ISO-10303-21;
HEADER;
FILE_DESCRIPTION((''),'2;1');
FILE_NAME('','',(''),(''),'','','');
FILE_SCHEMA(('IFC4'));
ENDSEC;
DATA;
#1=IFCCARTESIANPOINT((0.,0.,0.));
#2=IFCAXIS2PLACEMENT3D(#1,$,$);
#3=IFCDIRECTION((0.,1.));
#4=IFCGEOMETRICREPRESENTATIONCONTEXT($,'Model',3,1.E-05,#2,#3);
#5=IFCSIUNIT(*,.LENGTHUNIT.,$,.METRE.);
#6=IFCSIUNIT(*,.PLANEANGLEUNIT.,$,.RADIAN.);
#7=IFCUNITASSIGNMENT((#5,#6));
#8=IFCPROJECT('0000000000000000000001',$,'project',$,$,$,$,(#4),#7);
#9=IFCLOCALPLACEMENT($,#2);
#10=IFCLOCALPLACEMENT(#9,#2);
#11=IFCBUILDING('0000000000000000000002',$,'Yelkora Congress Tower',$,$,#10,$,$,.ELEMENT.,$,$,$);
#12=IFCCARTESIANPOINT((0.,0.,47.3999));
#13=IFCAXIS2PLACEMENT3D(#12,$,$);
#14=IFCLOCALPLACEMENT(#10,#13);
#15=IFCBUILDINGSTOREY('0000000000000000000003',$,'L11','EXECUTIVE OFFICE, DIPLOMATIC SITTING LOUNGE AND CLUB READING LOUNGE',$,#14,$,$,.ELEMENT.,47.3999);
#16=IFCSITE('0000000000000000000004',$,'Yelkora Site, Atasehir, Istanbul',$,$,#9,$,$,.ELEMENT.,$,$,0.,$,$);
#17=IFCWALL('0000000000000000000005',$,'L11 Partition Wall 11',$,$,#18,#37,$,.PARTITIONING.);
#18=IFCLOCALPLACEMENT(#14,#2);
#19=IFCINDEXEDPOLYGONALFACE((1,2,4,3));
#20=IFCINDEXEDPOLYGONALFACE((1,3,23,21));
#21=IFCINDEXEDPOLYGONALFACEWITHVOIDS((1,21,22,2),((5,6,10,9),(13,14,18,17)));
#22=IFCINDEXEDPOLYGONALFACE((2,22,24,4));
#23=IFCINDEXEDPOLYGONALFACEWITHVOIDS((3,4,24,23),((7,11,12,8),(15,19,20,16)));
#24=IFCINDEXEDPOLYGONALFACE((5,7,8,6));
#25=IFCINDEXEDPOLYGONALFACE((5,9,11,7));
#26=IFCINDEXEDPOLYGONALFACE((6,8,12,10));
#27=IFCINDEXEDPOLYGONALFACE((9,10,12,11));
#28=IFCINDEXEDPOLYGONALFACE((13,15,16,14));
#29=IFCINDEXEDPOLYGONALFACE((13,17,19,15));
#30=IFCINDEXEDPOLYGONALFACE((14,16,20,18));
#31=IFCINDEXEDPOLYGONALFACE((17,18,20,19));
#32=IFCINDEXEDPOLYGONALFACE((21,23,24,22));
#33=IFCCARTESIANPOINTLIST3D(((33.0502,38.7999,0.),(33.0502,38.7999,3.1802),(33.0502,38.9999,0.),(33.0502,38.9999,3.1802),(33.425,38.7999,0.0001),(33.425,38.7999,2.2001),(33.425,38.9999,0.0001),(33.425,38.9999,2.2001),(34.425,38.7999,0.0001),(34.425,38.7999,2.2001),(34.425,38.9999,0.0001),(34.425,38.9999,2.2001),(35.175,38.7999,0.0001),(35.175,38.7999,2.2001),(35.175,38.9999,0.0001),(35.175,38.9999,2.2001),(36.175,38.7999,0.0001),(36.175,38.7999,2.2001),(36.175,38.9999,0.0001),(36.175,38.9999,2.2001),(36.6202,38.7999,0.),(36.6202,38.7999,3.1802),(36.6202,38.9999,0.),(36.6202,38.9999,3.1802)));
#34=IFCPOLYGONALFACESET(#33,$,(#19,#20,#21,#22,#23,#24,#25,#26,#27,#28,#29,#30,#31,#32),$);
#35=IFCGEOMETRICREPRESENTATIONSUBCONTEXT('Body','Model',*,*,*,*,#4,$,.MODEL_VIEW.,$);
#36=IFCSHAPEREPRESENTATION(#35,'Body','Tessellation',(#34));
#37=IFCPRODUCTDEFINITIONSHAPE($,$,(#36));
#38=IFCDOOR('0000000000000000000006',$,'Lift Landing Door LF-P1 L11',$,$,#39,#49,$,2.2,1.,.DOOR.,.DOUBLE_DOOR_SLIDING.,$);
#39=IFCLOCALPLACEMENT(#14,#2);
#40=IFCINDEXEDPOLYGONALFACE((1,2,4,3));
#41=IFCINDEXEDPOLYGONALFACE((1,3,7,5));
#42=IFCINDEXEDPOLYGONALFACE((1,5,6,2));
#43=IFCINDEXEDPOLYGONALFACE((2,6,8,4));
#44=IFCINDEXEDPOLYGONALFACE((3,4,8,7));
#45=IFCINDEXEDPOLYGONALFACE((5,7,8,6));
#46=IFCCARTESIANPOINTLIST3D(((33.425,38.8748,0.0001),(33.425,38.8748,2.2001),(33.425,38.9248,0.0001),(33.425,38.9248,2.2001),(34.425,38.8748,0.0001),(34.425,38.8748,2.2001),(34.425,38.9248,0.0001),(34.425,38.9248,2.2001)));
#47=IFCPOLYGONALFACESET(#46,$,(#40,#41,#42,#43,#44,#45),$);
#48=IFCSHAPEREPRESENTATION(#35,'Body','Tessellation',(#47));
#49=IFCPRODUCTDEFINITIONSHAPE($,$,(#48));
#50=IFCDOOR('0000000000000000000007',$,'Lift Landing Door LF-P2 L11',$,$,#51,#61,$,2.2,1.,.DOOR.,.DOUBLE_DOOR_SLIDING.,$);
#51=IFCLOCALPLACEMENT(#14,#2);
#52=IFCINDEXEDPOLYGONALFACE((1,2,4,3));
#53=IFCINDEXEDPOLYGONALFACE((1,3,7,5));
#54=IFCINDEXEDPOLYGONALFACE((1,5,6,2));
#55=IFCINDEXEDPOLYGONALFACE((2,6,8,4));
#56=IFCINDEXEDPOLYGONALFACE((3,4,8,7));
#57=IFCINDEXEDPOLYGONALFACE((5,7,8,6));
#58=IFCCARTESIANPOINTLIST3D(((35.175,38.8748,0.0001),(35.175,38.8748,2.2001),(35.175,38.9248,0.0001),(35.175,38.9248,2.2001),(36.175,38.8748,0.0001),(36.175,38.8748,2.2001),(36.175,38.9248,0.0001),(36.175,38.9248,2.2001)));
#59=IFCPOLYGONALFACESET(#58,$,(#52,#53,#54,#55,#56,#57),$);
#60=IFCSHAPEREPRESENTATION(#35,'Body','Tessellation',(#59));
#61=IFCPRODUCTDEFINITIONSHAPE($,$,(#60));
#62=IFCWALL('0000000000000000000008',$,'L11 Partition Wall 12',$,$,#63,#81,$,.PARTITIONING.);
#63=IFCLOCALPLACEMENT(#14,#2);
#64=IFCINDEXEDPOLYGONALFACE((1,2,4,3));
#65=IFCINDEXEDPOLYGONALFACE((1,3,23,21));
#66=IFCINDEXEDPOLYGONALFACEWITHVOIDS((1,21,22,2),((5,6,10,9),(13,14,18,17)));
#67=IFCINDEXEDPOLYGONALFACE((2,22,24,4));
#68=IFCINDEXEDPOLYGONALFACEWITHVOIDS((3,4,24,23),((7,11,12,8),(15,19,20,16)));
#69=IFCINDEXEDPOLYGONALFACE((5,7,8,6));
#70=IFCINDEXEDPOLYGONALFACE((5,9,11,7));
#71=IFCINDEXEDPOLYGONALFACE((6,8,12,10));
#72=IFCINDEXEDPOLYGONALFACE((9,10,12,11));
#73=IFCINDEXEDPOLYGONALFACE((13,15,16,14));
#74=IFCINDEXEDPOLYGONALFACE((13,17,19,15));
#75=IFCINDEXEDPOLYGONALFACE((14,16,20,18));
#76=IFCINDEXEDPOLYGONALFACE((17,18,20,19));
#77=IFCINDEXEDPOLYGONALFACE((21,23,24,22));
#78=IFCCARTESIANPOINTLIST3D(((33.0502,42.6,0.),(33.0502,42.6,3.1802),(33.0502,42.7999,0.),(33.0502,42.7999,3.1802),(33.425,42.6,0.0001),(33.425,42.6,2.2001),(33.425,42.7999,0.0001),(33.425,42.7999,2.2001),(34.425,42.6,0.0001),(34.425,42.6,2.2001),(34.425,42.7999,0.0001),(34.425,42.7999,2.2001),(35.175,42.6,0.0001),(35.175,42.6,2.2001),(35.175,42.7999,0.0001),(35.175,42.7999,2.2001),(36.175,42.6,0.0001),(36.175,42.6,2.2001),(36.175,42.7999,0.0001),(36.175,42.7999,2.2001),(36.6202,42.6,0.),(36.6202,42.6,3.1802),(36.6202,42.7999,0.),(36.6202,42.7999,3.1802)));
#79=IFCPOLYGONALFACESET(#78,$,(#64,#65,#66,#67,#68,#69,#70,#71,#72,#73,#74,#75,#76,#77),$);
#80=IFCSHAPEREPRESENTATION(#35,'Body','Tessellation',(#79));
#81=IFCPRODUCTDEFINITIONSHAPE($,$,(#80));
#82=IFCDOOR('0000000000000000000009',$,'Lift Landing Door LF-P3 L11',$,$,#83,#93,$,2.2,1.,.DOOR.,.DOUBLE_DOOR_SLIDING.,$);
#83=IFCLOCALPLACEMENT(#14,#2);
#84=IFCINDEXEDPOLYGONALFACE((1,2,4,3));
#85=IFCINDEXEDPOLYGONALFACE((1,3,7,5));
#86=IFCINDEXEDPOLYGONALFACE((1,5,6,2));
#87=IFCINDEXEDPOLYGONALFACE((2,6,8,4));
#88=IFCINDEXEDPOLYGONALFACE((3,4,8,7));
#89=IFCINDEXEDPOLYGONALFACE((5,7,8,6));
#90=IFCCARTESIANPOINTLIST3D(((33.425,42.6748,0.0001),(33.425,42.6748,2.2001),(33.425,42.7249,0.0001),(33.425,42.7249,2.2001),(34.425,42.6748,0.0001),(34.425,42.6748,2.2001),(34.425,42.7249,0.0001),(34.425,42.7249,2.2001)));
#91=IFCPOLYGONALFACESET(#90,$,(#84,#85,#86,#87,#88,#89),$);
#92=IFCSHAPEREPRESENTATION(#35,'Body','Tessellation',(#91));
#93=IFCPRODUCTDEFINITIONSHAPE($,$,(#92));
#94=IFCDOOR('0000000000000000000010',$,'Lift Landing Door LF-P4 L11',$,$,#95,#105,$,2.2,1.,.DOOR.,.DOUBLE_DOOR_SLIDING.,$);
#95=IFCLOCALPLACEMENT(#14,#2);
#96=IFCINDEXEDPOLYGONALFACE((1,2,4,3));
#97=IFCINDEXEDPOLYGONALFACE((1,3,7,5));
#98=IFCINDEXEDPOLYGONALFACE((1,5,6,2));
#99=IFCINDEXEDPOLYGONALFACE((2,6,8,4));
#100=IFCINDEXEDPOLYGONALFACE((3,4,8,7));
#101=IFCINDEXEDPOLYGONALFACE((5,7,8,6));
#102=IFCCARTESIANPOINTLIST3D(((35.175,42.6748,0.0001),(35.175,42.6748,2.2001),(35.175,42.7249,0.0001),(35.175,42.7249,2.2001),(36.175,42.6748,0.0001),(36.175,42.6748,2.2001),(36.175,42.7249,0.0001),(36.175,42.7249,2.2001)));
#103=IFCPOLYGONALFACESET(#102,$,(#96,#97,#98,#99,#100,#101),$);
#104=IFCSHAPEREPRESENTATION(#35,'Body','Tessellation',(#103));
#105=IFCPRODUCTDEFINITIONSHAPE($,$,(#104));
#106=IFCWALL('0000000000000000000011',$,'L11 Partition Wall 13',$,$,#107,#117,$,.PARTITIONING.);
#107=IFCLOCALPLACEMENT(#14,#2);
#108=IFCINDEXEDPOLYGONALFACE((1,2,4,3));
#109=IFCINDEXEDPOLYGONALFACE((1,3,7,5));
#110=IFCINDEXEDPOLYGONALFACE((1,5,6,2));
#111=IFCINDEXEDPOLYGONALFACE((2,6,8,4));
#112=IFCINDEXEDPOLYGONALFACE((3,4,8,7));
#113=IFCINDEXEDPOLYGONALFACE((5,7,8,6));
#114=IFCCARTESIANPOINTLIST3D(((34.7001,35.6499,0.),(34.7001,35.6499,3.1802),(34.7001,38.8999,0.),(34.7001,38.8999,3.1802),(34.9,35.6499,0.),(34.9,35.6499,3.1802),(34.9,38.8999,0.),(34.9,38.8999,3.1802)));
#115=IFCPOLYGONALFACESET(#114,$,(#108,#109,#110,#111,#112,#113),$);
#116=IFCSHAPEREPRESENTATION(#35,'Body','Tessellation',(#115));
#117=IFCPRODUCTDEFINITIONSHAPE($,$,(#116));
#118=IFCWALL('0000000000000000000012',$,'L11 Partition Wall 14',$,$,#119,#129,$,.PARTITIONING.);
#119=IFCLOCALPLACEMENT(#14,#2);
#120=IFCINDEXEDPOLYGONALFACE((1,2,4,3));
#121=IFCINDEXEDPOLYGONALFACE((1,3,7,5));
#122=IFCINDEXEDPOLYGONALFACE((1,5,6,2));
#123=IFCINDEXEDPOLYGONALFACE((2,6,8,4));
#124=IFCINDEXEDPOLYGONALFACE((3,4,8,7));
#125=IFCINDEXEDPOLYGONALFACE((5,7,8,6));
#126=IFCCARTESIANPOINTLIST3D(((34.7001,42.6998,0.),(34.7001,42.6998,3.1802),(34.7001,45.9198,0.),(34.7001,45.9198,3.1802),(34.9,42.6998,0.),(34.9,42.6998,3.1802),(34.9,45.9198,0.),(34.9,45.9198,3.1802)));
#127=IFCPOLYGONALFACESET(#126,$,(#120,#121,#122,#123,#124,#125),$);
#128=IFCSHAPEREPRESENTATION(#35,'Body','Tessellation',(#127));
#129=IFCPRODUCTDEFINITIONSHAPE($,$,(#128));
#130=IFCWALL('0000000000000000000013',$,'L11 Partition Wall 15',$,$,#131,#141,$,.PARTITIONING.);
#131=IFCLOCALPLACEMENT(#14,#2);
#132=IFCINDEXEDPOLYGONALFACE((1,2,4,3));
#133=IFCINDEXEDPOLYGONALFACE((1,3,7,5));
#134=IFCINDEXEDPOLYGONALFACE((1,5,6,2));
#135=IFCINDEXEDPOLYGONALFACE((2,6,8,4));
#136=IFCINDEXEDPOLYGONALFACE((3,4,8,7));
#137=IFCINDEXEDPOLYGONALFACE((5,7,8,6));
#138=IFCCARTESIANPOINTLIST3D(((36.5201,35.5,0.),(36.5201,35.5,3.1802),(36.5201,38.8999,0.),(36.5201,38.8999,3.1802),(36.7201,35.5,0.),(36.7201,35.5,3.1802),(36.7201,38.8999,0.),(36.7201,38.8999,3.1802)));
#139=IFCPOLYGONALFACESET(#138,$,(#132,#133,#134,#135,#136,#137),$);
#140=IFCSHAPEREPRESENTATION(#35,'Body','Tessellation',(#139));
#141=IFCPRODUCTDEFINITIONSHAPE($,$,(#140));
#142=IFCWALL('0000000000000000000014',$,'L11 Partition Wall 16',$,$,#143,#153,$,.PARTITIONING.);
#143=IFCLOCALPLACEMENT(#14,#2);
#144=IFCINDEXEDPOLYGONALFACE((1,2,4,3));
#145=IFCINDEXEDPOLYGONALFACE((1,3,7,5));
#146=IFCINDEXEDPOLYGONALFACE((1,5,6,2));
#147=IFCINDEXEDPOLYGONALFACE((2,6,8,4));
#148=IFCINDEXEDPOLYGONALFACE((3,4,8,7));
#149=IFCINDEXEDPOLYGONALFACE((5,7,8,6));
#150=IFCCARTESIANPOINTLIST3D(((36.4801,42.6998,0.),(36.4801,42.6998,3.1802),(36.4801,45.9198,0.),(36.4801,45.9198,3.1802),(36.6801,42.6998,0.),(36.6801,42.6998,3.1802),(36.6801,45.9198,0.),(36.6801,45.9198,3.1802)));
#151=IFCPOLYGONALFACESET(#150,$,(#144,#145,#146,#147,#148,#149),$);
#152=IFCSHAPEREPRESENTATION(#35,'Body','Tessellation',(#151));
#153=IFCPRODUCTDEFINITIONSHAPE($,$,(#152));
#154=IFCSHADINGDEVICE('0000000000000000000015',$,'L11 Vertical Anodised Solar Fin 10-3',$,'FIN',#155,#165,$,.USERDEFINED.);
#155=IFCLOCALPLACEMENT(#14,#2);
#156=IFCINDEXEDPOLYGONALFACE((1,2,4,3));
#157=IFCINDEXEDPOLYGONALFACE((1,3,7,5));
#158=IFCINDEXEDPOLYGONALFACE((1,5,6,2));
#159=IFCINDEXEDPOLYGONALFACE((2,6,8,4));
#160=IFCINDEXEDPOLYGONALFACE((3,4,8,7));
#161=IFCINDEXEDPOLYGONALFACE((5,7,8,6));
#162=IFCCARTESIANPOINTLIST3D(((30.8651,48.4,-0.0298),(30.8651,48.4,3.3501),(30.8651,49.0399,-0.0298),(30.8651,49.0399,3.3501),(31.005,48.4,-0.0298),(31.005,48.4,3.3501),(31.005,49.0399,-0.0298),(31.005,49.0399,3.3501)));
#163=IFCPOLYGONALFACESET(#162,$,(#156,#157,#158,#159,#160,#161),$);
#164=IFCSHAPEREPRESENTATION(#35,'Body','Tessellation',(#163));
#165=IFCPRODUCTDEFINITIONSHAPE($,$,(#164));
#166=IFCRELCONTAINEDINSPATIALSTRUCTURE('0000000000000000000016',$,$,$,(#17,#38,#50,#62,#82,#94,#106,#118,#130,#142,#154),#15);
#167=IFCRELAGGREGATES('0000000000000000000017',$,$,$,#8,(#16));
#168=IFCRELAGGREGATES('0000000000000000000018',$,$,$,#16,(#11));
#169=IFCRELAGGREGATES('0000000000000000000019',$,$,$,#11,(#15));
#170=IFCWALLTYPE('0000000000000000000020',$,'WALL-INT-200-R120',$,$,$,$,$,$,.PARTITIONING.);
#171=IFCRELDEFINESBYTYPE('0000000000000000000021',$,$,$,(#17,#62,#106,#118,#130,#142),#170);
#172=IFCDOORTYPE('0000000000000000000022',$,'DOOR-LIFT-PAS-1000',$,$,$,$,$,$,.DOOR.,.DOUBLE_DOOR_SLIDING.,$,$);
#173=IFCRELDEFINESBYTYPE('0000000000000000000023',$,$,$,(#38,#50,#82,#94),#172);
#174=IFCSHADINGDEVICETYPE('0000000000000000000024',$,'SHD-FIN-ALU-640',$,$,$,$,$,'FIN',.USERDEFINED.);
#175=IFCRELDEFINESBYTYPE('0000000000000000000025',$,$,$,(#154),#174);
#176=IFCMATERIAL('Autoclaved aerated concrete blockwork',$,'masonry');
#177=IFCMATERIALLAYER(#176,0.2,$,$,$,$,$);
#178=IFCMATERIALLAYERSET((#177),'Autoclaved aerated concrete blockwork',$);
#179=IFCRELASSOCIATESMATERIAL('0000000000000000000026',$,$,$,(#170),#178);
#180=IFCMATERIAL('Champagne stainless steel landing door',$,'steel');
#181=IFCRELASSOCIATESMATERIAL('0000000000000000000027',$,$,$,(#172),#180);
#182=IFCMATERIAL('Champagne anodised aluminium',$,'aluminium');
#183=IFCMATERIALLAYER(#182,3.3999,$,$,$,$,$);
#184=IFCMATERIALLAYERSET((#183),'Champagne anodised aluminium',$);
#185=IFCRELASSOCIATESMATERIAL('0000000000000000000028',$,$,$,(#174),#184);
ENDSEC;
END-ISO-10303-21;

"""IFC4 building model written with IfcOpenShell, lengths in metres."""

from ifc_helpers import new_model, si_unit, direction, frame, frame_2d, origin, origin_2d, place, context, subcontext, project, spatial, rectangle, extrude, material, layer, layer_set, type_object, element, fill, save


model = new_model("IFC4")

# Units and contexts
model_context = context("Model", 3, precision=1e-05, world=origin(), true_north=direction((0.0, 1.0)))
body_context = subcontext(model_context, "Body", "Model", "MODEL_VIEW")
ifc_project = project(units=[si_unit("LENGTHUNIT", "METRE"), si_unit("PLANEANGLEUNIT", "RADIAN")], contexts=[model_context])

# Site, building, storey
site_placement = place(None, origin())
site = spatial("IfcSite", under=ifc_project, at=site_placement, Name="Yelkora Site, Atasehir, Istanbul", CompositionType="ELEMENT", RefElevation=0.0)
building_placement = place(site_placement, origin())
building = spatial("IfcBuilding", under=site, at=building_placement, Name="Yelkora Congress Tower", CompositionType="ELEMENT")
storey_placement = place(building_placement, frame((0.0, 0.0, 47.3999)))
storey = spatial("IfcBuildingStorey", under=building, at=storey_placement, Name="L11", Description="EXECUTIVE OFFICE, DIPLOMATIC SITTING LOUNGE AND CLUB READING LOUNGE", CompositionType="ELEMENT", Elevation=47.3999)

# Shared definitions
ifc_material_1 = material(Name="Autoclaved aerated concrete blockwork", Category="masonry")
ifc_layer_1 = layer(ifc_material_1, 0.2)
ifc_layer_set_1 = layer_set([ifc_layer_1], Name="Autoclaved aerated concrete blockwork")
wall_type_1 = type_object("IfcWallType", Name="WALL-INT-200-R120", PredefinedType="PARTITIONING", material=ifc_layer_set_1)

# Walls, openings, doors
wall_1_placement = place(storey_placement, frame((33.05, 38.8999, 0.0), z_axis=(0.0, 0.0, 1.0), x_axis=(1.0, 0.0, 0.0)))
wall_1 = element("IfcWall", 1, at=wall_1_placement, inside=storey, type_object=wall_type_1, Name="L11 Partition Wall 11", PredefinedType="PARTITIONING", context=body_context, shape_type="SweptSolid", body=[
    extrude(rectangle(XDim=3.5701, YDim=0.2, at=frame_2d((1.7852, 0.0))), origin(), (0.0, 0.0, 1.0), 3.1802),
])
opening_1_placement = place(wall_1_placement, frame((0.375, 0.0, 0.0)))
opening_1 = element("IfcOpeningElement", 2, at=opening_1_placement, cuts=wall_1, PredefinedType="OPENING", context=body_context, shape_type="SweptSolid", body=[
    extrude(rectangle(XDim=1.0, YDim=2.2, at=frame_2d((0.5, 1.1001))), frame((0.0, 0.1099, 0.0), z_axis=(0.0, -1.0, 0.0), x_axis=(1.0, 0.0, 0.0)), (0.0, 0.0, 1.0), 0.22),
])
opening_2_placement = place(wall_1_placement, frame((2.125, 0.0, 0.0)))
opening_2 = element("IfcOpeningElement", 3, at=opening_2_placement, cuts=wall_1, PredefinedType="OPENING", context=body_context, shape_type="SweptSolid", body=[
    extrude(rectangle(XDim=1.0, YDim=2.2, at=frame_2d((0.5, 1.1001))), frame((0.0, 0.1099, 0.0), z_axis=(0.0, -1.0, 0.0), x_axis=(1.0, 0.0, 0.0)), (0.0, 0.0, 1.0), 0.22),
])
ifc_material_2 = material(Name="Champagne stainless steel landing door", Category="steel")
door_type_1 = type_object("IfcDoorType", Name="DOOR-LIFT-PAS-1000", OperationType="DOUBLE_DOOR_SLIDING", PredefinedType="DOOR", material=ifc_material_2)
door_1_placement = place(opening_1_placement, origin())
door_1 = element("IfcDoor", 4, at=door_1_placement, inside=storey, type_object=door_type_1, Name="Lift Landing Door LF-P1 L11", OperationType="DOUBLE_DOOR_SLIDING", OverallHeight=2.2, OverallWidth=1.0, PredefinedType="DOOR", context=body_context, shape_type="SweptSolid", body=[
    extrude(rectangle(XDim=1.0, YDim=2.2, at=frame_2d((0.5, 1.1001))), frame((0.0, 0.0249, 0.0), z_axis=(0.0, -1.0, 0.0), x_axis=(1.0, 0.0, 0.0)), (0.0, 0.0, 1.0), 0.05),
])
fill(opening_1, door_1)
door_2_placement = place(opening_2_placement, origin())
door_2 = element("IfcDoor", 5, at=door_2_placement, inside=storey, type_object=door_type_1, Name="Lift Landing Door LF-P2 L11", OperationType="DOUBLE_DOOR_SLIDING", OverallHeight=2.2, OverallWidth=1.0, PredefinedType="DOOR", context=body_context, shape_type="SweptSolid", body=[
    extrude(rectangle(XDim=1.0, YDim=2.2, at=frame_2d((0.5, 1.1001))), frame((0.0, 0.0249, 0.0), z_axis=(0.0, -1.0, 0.0), x_axis=(1.0, 0.0, 0.0)), (0.0, 0.0, 1.0), 0.05),
])
fill(opening_2, door_2)
wall_2_placement = place(storey_placement, frame((33.05, 42.7, 0.0), z_axis=(0.0, 0.0, 1.0), x_axis=(1.0, 0.0, 0.0)))
wall_2 = element("IfcWall", 6, at=wall_2_placement, inside=storey, type_object=wall_type_1, Name="L11 Partition Wall 12", PredefinedType="PARTITIONING", context=body_context, shape_type="SweptSolid", body=[
    extrude(rectangle(XDim=3.5701, YDim=0.2, at=frame_2d((1.7852, 0.0))), origin(), (0.0, 0.0, 1.0), 3.1802),
])
opening_3_placement = place(wall_2_placement, frame((0.375, 0.0, 0.0)))
opening_3 = element("IfcOpeningElement", 7, at=opening_3_placement, cuts=wall_2, PredefinedType="OPENING", context=body_context, shape_type="SweptSolid", body=[
    extrude(rectangle(XDim=1.0, YDim=2.2, at=frame_2d((0.5, 1.1001))), frame((0.0, 0.1099, 0.0), z_axis=(0.0, -1.0, 0.0), x_axis=(1.0, 0.0, 0.0)), (0.0, 0.0, 1.0), 0.22),
])
opening_4_placement = place(wall_2_placement, frame((2.125, 0.0, 0.0)))
opening_4 = element("IfcOpeningElement", 8, at=opening_4_placement, cuts=wall_2, PredefinedType="OPENING", context=body_context, shape_type="SweptSolid", body=[
    extrude(rectangle(XDim=1.0, YDim=2.2, at=frame_2d((0.5, 1.1001))), frame((0.0, 0.1099, 0.0), z_axis=(0.0, -1.0, 0.0), x_axis=(1.0, 0.0, 0.0)), (0.0, 0.0, 1.0), 0.22),
])
door_3_placement = place(opening_3_placement, origin())
door_3 = element("IfcDoor", 9, at=door_3_placement, inside=storey, type_object=door_type_1, Name="Lift Landing Door LF-P3 L11", OperationType="DOUBLE_DOOR_SLIDING", OverallHeight=2.2, OverallWidth=1.0, PredefinedType="DOOR", context=body_context, shape_type="SweptSolid", body=[
    extrude(rectangle(XDim=1.0, YDim=2.2, at=frame_2d((0.5, 1.1001))), frame((0.0, 0.0249, 0.0), z_axis=(0.0, -1.0, 0.0), x_axis=(1.0, 0.0, 0.0)), (0.0, 0.0, 1.0), 0.05),
])
fill(opening_3, door_3)
door_4_placement = place(opening_4_placement, origin())
door_4 = element("IfcDoor", 10, at=door_4_placement, inside=storey, type_object=door_type_1, Name="Lift Landing Door LF-P4 L11", OperationType="DOUBLE_DOOR_SLIDING", OverallHeight=2.2, OverallWidth=1.0, PredefinedType="DOOR", context=body_context, shape_type="SweptSolid", body=[
    extrude(rectangle(XDim=1.0, YDim=2.2, at=frame_2d((0.5, 1.1001))), frame((0.0, 0.0249, 0.0), z_axis=(0.0, -1.0, 0.0), x_axis=(1.0, 0.0, 0.0)), (0.0, 0.0, 1.0), 0.05),
])
fill(opening_4, door_4)

# Walls
wall_3_placement = place(storey_placement, frame((34.8, 35.6499, 0.0), z_axis=(0.0, 0.0, 1.0), x_axis=(0.0, 1.0, 0.0)))
element("IfcWall", 11, at=wall_3_placement, inside=storey, type_object=wall_type_1, Name="L11 Partition Wall 13", PredefinedType="PARTITIONING", context=body_context, shape_type="SweptSolid", body=[
    extrude(rectangle(XDim=3.25, YDim=0.2, at=frame_2d((1.625, 0.0))), origin(), (0.0, 0.0, 1.0), 3.1802),
])
wall_4_placement = place(storey_placement, frame((34.8, 42.7, 0.0), z_axis=(0.0, 0.0, 1.0), x_axis=(0.0, 1.0, 0.0)))
element("IfcWall", 12, at=wall_4_placement, inside=storey, type_object=wall_type_1, Name="L11 Partition Wall 14", PredefinedType="PARTITIONING", context=body_context, shape_type="SweptSolid", body=[
    extrude(rectangle(XDim=3.22, YDim=0.2, at=frame_2d((1.6099, 0.0))), origin(), (0.0, 0.0, 1.0), 3.1802),
])
wall_5_placement = place(storey_placement, frame((36.6201, 35.5, 0.0), z_axis=(0.0, 0.0, 1.0), x_axis=(0.0, 1.0, 0.0)))
element("IfcWall", 13, at=wall_5_placement, inside=storey, type_object=wall_type_1, Name="L11 Partition Wall 15", PredefinedType="PARTITIONING", context=body_context, shape_type="SweptSolid", body=[
    extrude(rectangle(XDim=3.3999, YDim=0.2, at=frame_2d((1.7, 0.0))), origin(), (0.0, 0.0, 1.0), 3.1802),
])
wall_6_placement = place(storey_placement, frame((36.5801, 42.7, 0.0), z_axis=(0.0, 0.0, 1.0), x_axis=(0.0, 1.0, 0.0)))
element("IfcWall", 14, at=wall_6_placement, inside=storey, type_object=wall_type_1, Name="L11 Partition Wall 16", PredefinedType="PARTITIONING", context=body_context, shape_type="SweptSolid", body=[
    extrude(rectangle(XDim=3.22, YDim=0.2, at=frame_2d((1.6099, 0.0))), origin(), (0.0, 0.0, 1.0), 3.1802),
])

# Shading device
ifc_material_3 = material(Name="Champagne anodised aluminium", Category="aluminium")
ifc_layer_2 = layer(ifc_material_3, 3.3999)
ifc_layer_set_2 = layer_set([ifc_layer_2], Name="Champagne anodised aluminium")
shading_device_type = type_object("IfcShadingDeviceType", Name="SHD-FIN-ALU-640", ElementType="FIN", PredefinedType="USERDEFINED", material=ifc_layer_set_2)
shading_device_placement = place(storey_placement, frame((30.9351, 48.72, -0.0298), z_axis=(0.0, 0.0, 1.0), x_axis=(1.0, 0.0, 0.0)))
element("IfcShadingDevice", 15, at=shading_device_placement, inside=storey, type_object=shading_device_type, Name="L11 Vertical Anodised Solar Fin 10-3", ObjectType="FIN", PredefinedType="USERDEFINED", context=body_context, shape_type="SweptSolid", body=[
    extrude(rectangle(XDim=0.1399, YDim=0.6399, at=origin_2d()), origin(), (0.0, 0.0, 1.0), 3.3799),
])

save(model, "model.ifc")
